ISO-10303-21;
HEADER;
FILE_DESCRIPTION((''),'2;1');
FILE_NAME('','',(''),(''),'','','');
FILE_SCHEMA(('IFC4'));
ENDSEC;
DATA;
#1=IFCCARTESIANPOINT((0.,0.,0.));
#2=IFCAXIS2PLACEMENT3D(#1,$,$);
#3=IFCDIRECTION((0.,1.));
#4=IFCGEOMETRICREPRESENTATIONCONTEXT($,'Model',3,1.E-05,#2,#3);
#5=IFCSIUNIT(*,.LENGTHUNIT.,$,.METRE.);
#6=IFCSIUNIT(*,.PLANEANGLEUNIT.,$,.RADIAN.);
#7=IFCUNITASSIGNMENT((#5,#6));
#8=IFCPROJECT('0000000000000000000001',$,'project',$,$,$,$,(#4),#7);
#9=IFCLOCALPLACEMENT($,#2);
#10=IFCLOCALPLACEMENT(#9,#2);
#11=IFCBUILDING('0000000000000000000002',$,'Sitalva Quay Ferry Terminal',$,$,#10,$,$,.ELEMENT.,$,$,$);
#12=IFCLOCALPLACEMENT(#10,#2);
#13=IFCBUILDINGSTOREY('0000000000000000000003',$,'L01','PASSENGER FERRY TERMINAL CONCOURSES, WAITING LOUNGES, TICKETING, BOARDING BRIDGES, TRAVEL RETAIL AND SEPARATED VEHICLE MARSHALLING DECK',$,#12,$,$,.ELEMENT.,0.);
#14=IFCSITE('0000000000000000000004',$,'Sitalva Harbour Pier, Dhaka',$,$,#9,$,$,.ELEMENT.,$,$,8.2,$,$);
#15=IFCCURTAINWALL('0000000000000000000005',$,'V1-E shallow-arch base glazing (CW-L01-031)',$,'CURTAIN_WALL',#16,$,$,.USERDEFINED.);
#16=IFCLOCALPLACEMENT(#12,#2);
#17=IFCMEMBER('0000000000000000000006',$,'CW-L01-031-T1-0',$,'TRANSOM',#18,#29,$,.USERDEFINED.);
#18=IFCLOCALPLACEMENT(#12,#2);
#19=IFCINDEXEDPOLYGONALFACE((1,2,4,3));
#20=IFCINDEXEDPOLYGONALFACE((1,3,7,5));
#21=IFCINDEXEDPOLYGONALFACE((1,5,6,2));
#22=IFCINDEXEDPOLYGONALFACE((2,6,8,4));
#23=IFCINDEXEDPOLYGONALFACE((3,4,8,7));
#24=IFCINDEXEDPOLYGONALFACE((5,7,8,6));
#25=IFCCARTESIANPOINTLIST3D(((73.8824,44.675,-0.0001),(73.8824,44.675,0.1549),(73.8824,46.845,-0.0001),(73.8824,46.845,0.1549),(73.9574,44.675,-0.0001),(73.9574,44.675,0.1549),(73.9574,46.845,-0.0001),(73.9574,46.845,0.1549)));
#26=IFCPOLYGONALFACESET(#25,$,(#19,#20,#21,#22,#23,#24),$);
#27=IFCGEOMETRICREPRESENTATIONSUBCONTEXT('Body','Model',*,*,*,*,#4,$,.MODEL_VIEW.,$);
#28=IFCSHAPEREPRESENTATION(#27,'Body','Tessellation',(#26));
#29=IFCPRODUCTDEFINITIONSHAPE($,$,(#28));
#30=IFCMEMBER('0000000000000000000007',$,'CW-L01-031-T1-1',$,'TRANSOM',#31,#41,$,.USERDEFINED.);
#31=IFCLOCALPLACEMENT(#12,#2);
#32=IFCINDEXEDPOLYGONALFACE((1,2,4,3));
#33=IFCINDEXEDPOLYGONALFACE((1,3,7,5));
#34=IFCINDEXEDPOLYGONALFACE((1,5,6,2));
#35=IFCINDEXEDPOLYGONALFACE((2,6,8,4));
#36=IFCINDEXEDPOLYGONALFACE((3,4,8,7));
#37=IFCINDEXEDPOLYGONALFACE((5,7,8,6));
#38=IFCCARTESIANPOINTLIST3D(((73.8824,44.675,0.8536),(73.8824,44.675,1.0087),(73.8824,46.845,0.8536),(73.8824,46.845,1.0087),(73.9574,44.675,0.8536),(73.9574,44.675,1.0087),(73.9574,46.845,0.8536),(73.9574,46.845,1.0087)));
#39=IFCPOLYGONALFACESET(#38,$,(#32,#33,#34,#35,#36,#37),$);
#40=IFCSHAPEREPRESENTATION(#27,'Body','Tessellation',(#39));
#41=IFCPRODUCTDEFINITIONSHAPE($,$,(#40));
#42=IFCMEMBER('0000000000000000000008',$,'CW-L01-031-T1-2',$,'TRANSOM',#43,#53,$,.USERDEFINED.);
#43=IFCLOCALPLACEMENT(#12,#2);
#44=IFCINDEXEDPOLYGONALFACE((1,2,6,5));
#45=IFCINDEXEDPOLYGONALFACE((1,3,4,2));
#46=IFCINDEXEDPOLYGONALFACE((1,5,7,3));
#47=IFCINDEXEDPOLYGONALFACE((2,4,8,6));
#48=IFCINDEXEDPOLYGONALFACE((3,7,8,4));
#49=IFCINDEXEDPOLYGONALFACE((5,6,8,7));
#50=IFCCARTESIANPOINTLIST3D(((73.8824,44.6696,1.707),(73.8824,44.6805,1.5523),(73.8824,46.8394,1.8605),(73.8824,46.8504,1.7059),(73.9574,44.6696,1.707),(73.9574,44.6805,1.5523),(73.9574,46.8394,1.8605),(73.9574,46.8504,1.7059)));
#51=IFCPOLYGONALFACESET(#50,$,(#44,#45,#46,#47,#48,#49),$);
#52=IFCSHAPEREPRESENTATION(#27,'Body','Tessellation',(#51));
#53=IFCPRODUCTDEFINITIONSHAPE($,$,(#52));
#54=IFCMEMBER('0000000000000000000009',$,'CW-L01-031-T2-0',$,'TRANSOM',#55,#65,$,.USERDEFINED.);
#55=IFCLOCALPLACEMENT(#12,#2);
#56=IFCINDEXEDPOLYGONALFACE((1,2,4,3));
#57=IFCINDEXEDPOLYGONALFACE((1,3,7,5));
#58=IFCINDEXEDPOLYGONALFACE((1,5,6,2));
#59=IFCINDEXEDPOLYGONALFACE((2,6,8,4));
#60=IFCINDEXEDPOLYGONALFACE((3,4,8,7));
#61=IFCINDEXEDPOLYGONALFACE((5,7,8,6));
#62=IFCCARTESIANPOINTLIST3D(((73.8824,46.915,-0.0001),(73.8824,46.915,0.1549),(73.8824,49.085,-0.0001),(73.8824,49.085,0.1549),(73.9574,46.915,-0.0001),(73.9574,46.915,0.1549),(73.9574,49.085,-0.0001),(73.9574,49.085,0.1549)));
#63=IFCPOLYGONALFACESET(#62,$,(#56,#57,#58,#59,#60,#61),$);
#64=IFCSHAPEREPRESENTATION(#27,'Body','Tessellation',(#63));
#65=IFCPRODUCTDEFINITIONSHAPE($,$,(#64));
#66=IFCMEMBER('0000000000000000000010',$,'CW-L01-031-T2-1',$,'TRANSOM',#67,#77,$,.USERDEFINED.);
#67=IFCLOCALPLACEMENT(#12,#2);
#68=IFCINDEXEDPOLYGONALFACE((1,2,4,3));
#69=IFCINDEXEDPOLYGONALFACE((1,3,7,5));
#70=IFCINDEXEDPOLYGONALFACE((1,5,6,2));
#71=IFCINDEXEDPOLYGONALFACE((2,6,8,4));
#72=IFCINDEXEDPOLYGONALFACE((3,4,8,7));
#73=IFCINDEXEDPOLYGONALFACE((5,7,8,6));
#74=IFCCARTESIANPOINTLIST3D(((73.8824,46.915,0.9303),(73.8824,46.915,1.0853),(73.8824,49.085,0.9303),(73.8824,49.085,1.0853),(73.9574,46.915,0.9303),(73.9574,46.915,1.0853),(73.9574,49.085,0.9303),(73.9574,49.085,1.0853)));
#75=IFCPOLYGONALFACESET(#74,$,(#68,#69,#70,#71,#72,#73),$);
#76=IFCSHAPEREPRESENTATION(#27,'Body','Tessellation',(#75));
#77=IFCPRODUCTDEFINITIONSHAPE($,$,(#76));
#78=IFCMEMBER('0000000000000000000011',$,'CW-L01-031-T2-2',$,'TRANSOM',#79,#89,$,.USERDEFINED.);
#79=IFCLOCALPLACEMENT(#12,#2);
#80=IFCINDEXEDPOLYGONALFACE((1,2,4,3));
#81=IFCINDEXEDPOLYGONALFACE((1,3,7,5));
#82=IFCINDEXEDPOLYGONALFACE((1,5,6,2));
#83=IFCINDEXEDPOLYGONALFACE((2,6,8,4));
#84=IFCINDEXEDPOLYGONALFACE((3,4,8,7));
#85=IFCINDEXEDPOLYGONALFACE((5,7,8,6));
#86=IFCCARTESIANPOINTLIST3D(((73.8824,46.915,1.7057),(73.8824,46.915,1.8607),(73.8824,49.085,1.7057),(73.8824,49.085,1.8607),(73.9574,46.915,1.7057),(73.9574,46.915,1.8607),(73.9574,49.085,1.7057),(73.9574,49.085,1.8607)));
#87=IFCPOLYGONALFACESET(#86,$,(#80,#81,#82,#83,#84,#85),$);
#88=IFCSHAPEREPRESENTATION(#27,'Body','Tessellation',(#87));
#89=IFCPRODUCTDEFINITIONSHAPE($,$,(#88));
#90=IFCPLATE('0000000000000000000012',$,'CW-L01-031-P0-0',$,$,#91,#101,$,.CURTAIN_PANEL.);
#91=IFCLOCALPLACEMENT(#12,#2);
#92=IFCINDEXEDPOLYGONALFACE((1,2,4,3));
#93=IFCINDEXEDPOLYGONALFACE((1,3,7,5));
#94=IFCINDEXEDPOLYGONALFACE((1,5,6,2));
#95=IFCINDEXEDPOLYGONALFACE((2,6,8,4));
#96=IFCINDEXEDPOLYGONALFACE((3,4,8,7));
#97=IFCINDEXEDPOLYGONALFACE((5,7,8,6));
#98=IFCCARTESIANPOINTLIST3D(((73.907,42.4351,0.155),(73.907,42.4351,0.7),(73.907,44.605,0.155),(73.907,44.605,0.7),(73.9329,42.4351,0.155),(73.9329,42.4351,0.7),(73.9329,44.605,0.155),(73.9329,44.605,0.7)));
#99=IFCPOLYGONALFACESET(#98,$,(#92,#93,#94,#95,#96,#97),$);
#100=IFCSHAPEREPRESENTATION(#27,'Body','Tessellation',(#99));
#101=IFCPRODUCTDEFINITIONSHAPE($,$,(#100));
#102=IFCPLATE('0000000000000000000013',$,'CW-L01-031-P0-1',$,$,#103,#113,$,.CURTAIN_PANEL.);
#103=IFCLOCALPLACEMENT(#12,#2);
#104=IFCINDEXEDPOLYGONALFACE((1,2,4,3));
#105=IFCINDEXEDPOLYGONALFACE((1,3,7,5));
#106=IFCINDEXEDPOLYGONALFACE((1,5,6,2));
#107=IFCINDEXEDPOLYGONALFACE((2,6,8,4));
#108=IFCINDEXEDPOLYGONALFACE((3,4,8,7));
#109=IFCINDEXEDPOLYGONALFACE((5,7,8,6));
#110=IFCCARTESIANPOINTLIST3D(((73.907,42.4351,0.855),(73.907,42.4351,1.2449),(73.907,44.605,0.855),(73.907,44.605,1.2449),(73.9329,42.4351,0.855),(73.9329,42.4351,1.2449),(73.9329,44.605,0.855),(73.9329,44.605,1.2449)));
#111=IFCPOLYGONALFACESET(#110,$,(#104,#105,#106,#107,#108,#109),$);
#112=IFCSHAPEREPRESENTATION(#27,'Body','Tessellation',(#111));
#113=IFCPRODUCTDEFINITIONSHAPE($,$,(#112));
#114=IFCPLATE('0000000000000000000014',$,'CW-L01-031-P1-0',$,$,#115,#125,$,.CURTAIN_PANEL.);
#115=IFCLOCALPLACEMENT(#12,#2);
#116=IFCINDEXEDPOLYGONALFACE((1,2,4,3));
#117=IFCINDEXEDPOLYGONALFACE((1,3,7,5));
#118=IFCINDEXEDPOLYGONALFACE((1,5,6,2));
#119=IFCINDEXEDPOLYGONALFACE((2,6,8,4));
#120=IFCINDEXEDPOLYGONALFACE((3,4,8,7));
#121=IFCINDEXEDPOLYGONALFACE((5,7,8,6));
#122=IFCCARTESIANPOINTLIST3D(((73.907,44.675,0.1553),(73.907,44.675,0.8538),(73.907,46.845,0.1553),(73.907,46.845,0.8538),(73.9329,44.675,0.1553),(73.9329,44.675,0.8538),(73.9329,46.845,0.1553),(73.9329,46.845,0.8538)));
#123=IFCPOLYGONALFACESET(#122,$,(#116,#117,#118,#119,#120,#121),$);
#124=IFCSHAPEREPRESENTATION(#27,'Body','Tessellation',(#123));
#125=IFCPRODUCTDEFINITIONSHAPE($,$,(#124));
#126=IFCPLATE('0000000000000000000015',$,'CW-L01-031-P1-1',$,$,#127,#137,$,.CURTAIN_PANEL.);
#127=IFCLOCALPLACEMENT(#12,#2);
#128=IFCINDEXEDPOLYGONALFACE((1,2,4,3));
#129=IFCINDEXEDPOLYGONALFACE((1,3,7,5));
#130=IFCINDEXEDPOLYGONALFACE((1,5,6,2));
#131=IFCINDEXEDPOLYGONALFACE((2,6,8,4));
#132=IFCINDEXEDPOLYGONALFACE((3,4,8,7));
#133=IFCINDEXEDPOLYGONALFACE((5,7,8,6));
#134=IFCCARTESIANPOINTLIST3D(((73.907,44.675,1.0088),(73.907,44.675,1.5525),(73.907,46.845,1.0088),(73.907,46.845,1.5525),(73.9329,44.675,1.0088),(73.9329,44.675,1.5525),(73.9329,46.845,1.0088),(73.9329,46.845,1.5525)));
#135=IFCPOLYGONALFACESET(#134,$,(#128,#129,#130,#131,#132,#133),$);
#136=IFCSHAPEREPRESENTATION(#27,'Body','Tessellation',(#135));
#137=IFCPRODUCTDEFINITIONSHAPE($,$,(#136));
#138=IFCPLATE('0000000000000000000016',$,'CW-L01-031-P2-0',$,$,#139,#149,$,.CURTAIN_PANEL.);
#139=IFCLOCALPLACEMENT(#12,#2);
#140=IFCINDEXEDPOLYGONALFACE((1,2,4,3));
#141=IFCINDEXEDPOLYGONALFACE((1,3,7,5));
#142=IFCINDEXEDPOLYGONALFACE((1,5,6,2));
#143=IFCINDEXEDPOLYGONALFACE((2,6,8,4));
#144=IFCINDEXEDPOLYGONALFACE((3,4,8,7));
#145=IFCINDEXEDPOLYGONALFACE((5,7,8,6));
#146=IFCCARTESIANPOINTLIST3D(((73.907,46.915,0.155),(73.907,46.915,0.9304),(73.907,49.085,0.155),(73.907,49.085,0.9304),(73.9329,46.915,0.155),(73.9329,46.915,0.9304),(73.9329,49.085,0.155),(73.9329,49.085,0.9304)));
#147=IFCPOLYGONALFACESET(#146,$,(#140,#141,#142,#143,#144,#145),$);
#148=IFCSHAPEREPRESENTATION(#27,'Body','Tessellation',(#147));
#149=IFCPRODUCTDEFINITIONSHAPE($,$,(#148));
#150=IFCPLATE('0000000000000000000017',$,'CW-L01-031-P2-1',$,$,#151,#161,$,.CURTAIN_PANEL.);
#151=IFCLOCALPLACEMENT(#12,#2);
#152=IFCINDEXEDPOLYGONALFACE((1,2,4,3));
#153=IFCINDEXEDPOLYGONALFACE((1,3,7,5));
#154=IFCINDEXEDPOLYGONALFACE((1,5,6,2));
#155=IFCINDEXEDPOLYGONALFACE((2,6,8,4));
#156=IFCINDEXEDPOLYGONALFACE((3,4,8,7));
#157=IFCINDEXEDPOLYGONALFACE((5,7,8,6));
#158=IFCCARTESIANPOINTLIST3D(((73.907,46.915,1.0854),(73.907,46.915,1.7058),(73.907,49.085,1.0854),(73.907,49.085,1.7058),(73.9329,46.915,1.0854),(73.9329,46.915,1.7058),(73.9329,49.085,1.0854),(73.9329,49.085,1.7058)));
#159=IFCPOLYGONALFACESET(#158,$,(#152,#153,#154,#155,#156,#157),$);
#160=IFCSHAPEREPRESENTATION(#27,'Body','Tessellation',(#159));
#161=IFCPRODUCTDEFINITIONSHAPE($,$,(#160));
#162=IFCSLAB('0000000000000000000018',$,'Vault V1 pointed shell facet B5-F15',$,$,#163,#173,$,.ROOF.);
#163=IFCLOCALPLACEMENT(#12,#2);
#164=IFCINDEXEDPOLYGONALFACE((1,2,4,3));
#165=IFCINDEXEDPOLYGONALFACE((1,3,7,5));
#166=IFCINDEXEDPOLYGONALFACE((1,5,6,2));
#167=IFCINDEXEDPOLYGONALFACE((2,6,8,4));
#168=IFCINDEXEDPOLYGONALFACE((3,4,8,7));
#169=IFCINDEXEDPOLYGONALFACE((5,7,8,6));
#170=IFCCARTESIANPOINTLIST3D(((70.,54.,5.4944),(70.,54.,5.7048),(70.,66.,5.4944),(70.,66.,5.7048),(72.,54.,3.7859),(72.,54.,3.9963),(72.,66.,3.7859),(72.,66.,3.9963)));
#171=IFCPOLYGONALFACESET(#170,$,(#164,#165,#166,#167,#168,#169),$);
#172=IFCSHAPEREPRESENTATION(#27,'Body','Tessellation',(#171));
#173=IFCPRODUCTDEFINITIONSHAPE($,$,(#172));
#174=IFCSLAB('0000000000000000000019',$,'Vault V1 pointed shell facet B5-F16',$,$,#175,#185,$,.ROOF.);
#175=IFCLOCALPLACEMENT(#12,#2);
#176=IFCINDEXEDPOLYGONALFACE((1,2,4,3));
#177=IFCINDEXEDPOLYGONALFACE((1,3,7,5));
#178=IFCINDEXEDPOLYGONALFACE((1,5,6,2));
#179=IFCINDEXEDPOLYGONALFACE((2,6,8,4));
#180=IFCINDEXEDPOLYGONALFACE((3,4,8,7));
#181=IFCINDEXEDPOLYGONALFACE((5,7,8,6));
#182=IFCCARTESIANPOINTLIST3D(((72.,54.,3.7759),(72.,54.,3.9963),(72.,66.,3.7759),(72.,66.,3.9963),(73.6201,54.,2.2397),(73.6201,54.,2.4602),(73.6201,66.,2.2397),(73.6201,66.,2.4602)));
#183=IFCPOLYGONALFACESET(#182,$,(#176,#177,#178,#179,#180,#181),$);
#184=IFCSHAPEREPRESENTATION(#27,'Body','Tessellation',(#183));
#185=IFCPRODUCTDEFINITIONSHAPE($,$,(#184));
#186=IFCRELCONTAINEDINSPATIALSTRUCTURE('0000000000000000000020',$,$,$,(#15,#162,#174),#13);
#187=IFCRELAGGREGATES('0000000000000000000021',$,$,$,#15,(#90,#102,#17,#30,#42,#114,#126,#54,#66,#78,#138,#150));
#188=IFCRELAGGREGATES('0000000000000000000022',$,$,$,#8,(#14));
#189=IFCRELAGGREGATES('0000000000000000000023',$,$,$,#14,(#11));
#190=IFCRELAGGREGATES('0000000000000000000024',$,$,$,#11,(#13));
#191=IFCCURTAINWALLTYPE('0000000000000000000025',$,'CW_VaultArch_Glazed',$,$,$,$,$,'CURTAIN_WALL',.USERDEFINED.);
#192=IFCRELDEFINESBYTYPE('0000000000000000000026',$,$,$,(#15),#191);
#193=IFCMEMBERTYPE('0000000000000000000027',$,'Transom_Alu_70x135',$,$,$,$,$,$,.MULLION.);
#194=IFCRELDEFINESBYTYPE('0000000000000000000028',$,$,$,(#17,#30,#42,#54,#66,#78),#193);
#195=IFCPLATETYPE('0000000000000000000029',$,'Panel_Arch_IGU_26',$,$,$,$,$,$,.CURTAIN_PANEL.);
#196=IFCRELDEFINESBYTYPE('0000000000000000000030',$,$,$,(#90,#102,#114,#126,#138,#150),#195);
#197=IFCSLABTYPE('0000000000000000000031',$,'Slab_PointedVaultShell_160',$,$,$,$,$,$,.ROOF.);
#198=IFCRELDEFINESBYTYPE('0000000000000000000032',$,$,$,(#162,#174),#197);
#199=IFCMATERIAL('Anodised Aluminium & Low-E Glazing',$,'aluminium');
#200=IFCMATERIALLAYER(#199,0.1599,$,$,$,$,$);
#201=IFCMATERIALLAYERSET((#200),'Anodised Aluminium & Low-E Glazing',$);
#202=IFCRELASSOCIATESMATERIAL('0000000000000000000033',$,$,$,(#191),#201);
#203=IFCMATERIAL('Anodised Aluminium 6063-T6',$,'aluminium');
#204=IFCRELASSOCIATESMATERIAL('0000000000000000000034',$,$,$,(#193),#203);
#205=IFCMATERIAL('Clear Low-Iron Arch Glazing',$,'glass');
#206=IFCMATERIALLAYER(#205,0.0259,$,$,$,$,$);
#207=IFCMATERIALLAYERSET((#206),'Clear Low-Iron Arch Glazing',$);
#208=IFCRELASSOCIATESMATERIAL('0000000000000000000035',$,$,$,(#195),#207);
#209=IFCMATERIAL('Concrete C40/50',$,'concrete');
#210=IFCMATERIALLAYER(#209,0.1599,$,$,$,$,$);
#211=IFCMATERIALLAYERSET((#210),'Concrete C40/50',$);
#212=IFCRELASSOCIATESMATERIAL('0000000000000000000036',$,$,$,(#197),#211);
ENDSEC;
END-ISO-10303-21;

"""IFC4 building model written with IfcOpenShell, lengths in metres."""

from ifc_helpers import new_model, si_unit, direction, frame, origin, origin_2d, place, context, subcontext, project, spatial, polyline, rectangle, outline, extrude, material, layer, layer_set, material_profile, profile_set, type_object, element, aggregate, save


model = new_model("IFC4")

# Units and contexts
model_context = context("Model", 3, precision=1e-05, world=origin(), true_north=direction((0.0, 1.0)))
body_context = subcontext(model_context, "Body", "Model", "MODEL_VIEW")
ifc_project = project(units=[si_unit("LENGTHUNIT", "METRE"), si_unit("PLANEANGLEUNIT", "RADIAN")], contexts=[model_context])

# Site, building, storey
site_placement = place(None, origin())
site = spatial("IfcSite", under=ifc_project, at=site_placement, Name="Sitalva Harbour Pier, Dhaka", CompositionType="ELEMENT", RefElevation=8.2)
building_placement = place(site_placement, origin())
building = spatial("IfcBuilding", under=site, at=building_placement, Name="Sitalva Quay Ferry Terminal", CompositionType="ELEMENT")
storey_placement = place(building_placement, origin())
storey = spatial("IfcBuildingStorey", under=building, at=storey_placement, Name="L01", Description="PASSENGER FERRY TERMINAL CONCOURSES, WAITING LOUNGES, TICKETING, BOARDING BRIDGES, TRAVEL RETAIL AND SEPARATED VEHICLE MARSHALLING DECK", CompositionType="ELEMENT", Elevation=0.0)

# Curtain wall, members, plates
ifc_material_1 = material(Name="Anodised Aluminium & Low-E Glazing", Category="aluminium")
ifc_layer_1 = layer(ifc_material_1, 0.1599)
ifc_layer_set_1 = layer_set([ifc_layer_1], Name="Anodised Aluminium & Low-E Glazing")
curtain_wall_type = type_object("IfcCurtainWallType", Name="CW_VaultArch_Glazed", ElementType="CURTAIN_WALL", PredefinedType="USERDEFINED", material=ifc_layer_set_1)
curtain_wall_placement = place(storey_placement, origin())
curtain_wall = element("IfcCurtainWall", 1, at=curtain_wall_placement, inside=storey, type_object=curtain_wall_type, Name="V1-E shallow-arch base glazing (CW-L01-031)", ObjectType="CURTAIN_WALL", PredefinedType="USERDEFINED")
ifc_material_2 = material(Name="Anodised Aluminium 6063-T6", Category="aluminium")
ifc_material_profile_1 = material_profile(ifc_material_2, rectangle(XDim=0.075, YDim=0.155, at=origin_2d()), Name="ALU75x155")
ifc_profile_set_1 = profile_set([ifc_material_profile_1], Name="Anodised Aluminium 6063-T6")
member_type_1 = type_object("IfcMemberType", Name="Transom_Alu_70x135", PredefinedType="MULLION", material=ifc_profile_set_1)
member_1_placement = place(storey_placement, frame((73.9199, 44.675, 0.0774), z_axis=(0.0, 1.0, 0.0), x_axis=(-1.0, 0.0, 0.0)))
member_1 = element("IfcMember", 2, at=member_1_placement, type_object=member_type_1, Name="CW-L01-031-T1-0", ObjectType="TRANSOM", PredefinedType="USERDEFINED", context=body_context, shape_type="SweptSolid", body=[
    extrude(rectangle(XDim=0.075, YDim=0.155, at=origin_2d()), origin(), (0.0, 0.0, 1.0), 2.1699),
])
member_2_placement = place(storey_placement, frame((73.9199, 44.675, 0.9312), z_axis=(0.0, 1.0, 0.0), x_axis=(-1.0, 0.0, 0.0)))
member_2 = element("IfcMember", 3, at=member_2_placement, type_object=member_type_1, Name="CW-L01-031-T1-1", ObjectType="TRANSOM", PredefinedType="USERDEFINED", context=body_context, shape_type="SweptSolid", body=[
    extrude(rectangle(XDim=0.075, YDim=0.155, at=origin_2d()), origin(), (0.0, 0.0, 1.0), 2.1699),
])
member_3_placement = place(storey_placement, frame((73.9199, 44.675, 1.6296), z_axis=(0.0, 0.997505, 0.070593), x_axis=(-1.0, 0.0, 0.0)))
member_3 = element("IfcMember", 4, at=member_3_placement, type_object=member_type_1, Name="CW-L01-031-T1-2", ObjectType="TRANSOM", PredefinedType="USERDEFINED", context=body_context, shape_type="SweptSolid", body=[
    extrude(rectangle(XDim=0.075, YDim=0.155, at=origin_2d()), origin(), (0.0, 0.0, 1.0), 2.1753),
])
member_4_placement = place(storey_placement, frame((73.9199, 46.915, 0.0774), z_axis=(0.0, 1.0, 0.0), x_axis=(-1.0, 0.0, 0.0)))
member_4 = element("IfcMember", 5, at=member_4_placement, type_object=member_type_1, Name="CW-L01-031-T2-0", ObjectType="TRANSOM", PredefinedType="USERDEFINED", context=body_context, shape_type="SweptSolid", body=[
    extrude(rectangle(XDim=0.075, YDim=0.155, at=origin_2d()), origin(), (0.0, 0.0, 1.0), 2.1699),
])
member_5_placement = place(storey_placement, frame((73.9199, 46.915, 1.0078), z_axis=(0.0, 1.0, 0.0), x_axis=(-1.0, 0.0, 0.0)))
member_5 = element("IfcMember", 6, at=member_5_placement, type_object=member_type_1, Name="CW-L01-031-T2-1", ObjectType="TRANSOM", PredefinedType="USERDEFINED", context=body_context, shape_type="SweptSolid", body=[
    extrude(rectangle(XDim=0.075, YDim=0.155, at=origin_2d()), origin(), (0.0, 0.0, 1.0), 2.1699),
])
member_6_placement = place(storey_placement, frame((73.9199, 46.915, 1.7832), z_axis=(0.0, 1.0, 0.0), x_axis=(-1.0, 0.0, 0.0)))
member_6 = element("IfcMember", 7, at=member_6_placement, type_object=member_type_1, Name="CW-L01-031-T2-2", ObjectType="TRANSOM", PredefinedType="USERDEFINED", context=body_context, shape_type="SweptSolid", body=[
    extrude(rectangle(XDim=0.075, YDim=0.155, at=origin_2d()), origin(), (0.0, 0.0, 1.0), 2.1699),
])
ifc_material_3 = material(Name="Clear Low-Iron Arch Glazing", Category="glass")
ifc_layer_2 = layer(ifc_material_3, 0.0259)
ifc_layer_set_2 = layer_set([ifc_layer_2], Name="Clear Low-Iron Arch Glazing")
plate_type = type_object("IfcPlateType", Name="Panel_Arch_IGU_26", PredefinedType="CURTAIN_PANEL", material=ifc_layer_set_2)
plate_1_placement = place(storey_placement, frame((73.9199, 43.52, 0.155), z_axis=(0.0, 0.0, 1.0), x_axis=(0.0, 1.0, 0.0)))
plate_1 = element("IfcPlate", 8, at=plate_1_placement, type_object=plate_type, Name="CW-L01-031-P0-0", PredefinedType="CURTAIN_PANEL", context=body_context, shape_type="SweptSolid", body=[
    extrude(rectangle(XDim=2.1699, YDim=0.0259, at=origin_2d()), origin(), (0.0, 0.0, 1.0), 0.5449),
])
plate_2_placement = place(storey_placement, frame((73.9199, 43.52, 0.855), z_axis=(0.0, 0.0, 1.0), x_axis=(0.0, 1.0, 0.0)))
plate_2 = element("IfcPlate", 9, at=plate_2_placement, type_object=plate_type, Name="CW-L01-031-P0-1", PredefinedType="CURTAIN_PANEL", context=body_context, shape_type="SweptSolid", body=[
    extrude(rectangle(XDim=2.1699, YDim=0.0259, at=origin_2d()), origin(), (0.0, 0.0, 1.0), 0.3899),
])
plate_3_placement = place(storey_placement, frame((73.9199, 45.76, 0.1553), z_axis=(0.0, 0.0, 1.0), x_axis=(0.0, 1.0, 0.0)))
plate_3 = element("IfcPlate", 10, at=plate_3_placement, type_object=plate_type, Name="CW-L01-031-P1-0", PredefinedType="CURTAIN_PANEL", context=body_context, shape_type="SweptSolid", body=[
    extrude(rectangle(XDim=2.1699, YDim=0.0259, at=origin_2d()), origin(), (0.0, 0.0, 1.0), 0.6985),
])
plate_4_placement = place(storey_placement, frame((73.9199, 45.76, 1.0088), z_axis=(0.0, 0.0, 1.0), x_axis=(0.0, 1.0, 0.0)))
plate_4 = element("IfcPlate", 11, at=plate_4_placement, type_object=plate_type, Name="CW-L01-031-P1-1", PredefinedType="CURTAIN_PANEL", context=body_context, shape_type="SweptSolid", body=[
    extrude(rectangle(XDim=2.1699, YDim=0.0259, at=origin_2d()), origin(), (0.0, 0.0, 1.0), 0.5437),
])
plate_5_placement = place(storey_placement, frame((73.9199, 48.0, 0.155), z_axis=(0.0, 0.0, 1.0), x_axis=(0.0, 1.0, 0.0)))
plate_5 = element("IfcPlate", 12, at=plate_5_placement, type_object=plate_type, Name="CW-L01-031-P2-0", PredefinedType="CURTAIN_PANEL", context=body_context, shape_type="SweptSolid", body=[
    extrude(rectangle(XDim=2.1699, YDim=0.0259, at=origin_2d()), origin(), (0.0, 0.0, 1.0), 0.7754),
])
plate_6_placement = place(storey_placement, frame((73.9199, 48.0, 1.0854), z_axis=(0.0, 0.0, 1.0), x_axis=(0.0, 1.0, 0.0)))
plate_6 = element("IfcPlate", 13, at=plate_6_placement, type_object=plate_type, Name="CW-L01-031-P2-1", PredefinedType="CURTAIN_PANEL", context=body_context, shape_type="SweptSolid", body=[
    extrude(rectangle(XDim=2.1699, YDim=0.0259, at=origin_2d()), origin(), (0.0, 0.0, 1.0), 0.6204),
])
aggregate(curtain_wall, [plate_1, plate_2, member_1, member_2, member_3, plate_3, plate_4, member_4, member_5, member_6, plate_5, plate_6])

# Slabs
ifc_material_4 = material(Name="Concrete C40/50", Category="concrete")
ifc_layer_3 = layer(ifc_material_4, 0.1599)
ifc_layer_set_3 = layer_set([ifc_layer_3], Name="Concrete C40/50")
slab_type = type_object("IfcSlabType", Name="Slab_PointedVaultShell_160", PredefinedType="ROOF", material=ifc_layer_set_3)
slab_1_placement = place(storey_placement, frame((70.0, 54.0, 5.7048), z_axis=(0.649522, 0.0, 0.760343), x_axis=(0.760343, 0.0, -0.649522)))
element("IfcSlab", 14, at=slab_1_placement, inside=storey, type_object=slab_type, Name="Vault V1 pointed shell facet B5-F15", PredefinedType="ROOF", context=body_context, shape_type="SweptSolid", body=[
    extrude(outline(polyline([(0.0, 0.0), (2.6304, 0.0), (2.6304, 12.0), (0.0, 12.0), (0.0, 0.0)])), origin(), (0.649522, 0.0, -0.760343), 0.2104),
])
slab_2_placement = place(storey_placement, frame((72.0, 54.0, 3.9963), z_axis=(0.688048, 0.0, 0.725665), x_axis=(0.725665, 0.0, -0.688048)))
element("IfcSlab", 15, at=slab_2_placement, inside=storey, type_object=slab_type, Name="Vault V1 pointed shell facet B5-F16", PredefinedType="ROOF", context=body_context, shape_type="SweptSolid", body=[
    extrude(outline(polyline([(0.0, 0.0), (2.2326, 0.0), (2.2326, 12.0), (0.0, 12.0), (0.0, 0.0)])), origin(), (0.688048, 0.0, -0.725665), 0.2205),
])

save(model, "model.ifc")
